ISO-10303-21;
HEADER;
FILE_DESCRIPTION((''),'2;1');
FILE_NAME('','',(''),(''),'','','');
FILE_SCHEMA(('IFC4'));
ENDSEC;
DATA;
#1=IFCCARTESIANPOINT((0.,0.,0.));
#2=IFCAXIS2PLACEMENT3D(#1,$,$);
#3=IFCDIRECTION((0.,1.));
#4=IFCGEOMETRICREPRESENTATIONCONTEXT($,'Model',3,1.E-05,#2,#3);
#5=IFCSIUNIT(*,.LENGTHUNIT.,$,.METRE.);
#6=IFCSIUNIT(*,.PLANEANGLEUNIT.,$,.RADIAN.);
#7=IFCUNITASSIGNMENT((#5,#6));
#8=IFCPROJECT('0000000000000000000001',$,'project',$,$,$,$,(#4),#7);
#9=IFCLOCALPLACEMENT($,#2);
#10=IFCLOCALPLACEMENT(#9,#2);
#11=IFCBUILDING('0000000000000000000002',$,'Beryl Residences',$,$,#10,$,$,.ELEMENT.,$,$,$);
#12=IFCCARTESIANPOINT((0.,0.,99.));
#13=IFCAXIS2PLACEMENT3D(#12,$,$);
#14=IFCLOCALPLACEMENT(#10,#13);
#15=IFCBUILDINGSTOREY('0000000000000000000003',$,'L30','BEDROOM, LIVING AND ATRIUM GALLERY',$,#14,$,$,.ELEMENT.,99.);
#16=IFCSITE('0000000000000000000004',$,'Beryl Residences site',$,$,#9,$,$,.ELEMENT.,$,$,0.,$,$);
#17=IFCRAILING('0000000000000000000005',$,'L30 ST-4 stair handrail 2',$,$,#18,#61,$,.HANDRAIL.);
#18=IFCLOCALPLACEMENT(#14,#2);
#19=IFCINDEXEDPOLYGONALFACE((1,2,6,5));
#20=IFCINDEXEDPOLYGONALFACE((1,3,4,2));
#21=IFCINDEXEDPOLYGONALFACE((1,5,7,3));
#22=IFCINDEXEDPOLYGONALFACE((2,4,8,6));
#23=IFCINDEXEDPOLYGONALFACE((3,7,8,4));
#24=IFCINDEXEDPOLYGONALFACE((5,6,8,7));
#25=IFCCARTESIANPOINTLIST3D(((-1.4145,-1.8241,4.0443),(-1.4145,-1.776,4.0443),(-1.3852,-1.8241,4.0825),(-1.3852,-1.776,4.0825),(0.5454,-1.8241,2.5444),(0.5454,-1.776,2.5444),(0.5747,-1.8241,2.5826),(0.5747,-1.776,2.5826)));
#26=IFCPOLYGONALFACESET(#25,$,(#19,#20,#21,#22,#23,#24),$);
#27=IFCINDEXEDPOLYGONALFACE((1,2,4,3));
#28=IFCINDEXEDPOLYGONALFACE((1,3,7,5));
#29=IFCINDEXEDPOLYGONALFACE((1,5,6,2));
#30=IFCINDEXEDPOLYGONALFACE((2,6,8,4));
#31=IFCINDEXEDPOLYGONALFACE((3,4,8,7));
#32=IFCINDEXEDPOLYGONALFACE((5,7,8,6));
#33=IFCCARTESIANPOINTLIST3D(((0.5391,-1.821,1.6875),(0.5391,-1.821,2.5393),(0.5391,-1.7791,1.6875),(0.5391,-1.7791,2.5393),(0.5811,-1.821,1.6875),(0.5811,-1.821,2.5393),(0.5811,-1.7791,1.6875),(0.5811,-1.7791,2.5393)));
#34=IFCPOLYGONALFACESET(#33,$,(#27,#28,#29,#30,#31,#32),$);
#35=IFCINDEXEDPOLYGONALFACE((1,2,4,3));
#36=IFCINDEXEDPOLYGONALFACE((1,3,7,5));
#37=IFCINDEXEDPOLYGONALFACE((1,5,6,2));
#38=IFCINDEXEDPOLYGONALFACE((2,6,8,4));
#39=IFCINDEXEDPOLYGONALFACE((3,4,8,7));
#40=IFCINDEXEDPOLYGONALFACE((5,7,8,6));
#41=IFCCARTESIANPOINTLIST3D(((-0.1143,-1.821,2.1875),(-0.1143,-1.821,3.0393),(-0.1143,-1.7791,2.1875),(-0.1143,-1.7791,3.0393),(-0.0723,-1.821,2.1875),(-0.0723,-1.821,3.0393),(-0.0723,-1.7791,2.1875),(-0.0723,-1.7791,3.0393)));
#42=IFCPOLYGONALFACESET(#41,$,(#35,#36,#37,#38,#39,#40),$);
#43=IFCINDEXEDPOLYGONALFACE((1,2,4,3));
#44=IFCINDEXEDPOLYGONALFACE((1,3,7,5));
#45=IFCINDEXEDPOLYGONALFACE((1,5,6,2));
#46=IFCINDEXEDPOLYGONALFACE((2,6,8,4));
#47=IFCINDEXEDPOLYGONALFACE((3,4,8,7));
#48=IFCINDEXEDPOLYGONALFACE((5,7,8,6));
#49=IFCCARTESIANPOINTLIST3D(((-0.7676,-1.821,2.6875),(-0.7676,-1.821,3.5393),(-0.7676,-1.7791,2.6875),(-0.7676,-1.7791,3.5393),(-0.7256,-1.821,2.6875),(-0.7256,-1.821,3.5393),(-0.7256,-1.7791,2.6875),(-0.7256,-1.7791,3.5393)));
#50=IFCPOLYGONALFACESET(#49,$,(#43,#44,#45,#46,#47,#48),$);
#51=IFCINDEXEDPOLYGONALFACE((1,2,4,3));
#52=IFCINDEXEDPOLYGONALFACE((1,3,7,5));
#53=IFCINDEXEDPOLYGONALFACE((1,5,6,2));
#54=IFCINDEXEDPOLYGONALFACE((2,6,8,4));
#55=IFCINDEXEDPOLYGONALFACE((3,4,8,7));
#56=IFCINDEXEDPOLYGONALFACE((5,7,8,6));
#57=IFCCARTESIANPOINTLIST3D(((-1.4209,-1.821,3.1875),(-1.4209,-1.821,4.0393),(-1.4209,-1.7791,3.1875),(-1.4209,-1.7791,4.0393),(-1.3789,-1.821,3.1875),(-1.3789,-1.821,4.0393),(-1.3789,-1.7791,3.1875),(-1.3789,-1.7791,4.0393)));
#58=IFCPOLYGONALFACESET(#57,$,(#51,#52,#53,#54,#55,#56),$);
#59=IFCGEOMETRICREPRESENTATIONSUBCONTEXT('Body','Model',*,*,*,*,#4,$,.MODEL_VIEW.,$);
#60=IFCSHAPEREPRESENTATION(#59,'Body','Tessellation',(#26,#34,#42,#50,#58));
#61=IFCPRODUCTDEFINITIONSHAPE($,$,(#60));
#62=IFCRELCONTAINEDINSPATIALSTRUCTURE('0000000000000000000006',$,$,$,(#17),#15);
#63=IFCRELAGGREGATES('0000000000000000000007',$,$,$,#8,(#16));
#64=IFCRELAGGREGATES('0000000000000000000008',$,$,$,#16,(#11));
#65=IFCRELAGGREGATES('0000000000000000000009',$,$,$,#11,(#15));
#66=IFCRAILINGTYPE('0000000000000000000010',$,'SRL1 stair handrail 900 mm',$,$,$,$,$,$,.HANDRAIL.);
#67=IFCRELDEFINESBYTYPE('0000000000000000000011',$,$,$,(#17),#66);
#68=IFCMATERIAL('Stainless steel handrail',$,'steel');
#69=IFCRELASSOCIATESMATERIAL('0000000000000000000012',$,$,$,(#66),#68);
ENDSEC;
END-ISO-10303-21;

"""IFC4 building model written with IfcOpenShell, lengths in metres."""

from ifc_helpers import new_model, si_unit, direction, frame, origin, origin_2d, place, context, subcontext, project, spatial, rectangle, extrude, material, type_object, element, save


model = new_model("IFC4")

# Units and contexts
model_context = context("Model", 3, precision=1e-05, world=origin(), true_north=direction((0.0, 1.0)))
body_context = subcontext(model_context, "Body", "Model", "MODEL_VIEW")
ifc_project = project(units=[si_unit("LENGTHUNIT", "METRE"), si_unit("PLANEANGLEUNIT", "RADIAN")], contexts=[model_context])

# Site, building, storey
site_placement = place(None, origin())
site = spatial("IfcSite", under=ifc_project, at=site_placement, Name="Beryl Residences site", CompositionType="ELEMENT", RefElevation=0.0)
building_placement = place(site_placement, origin())
building = spatial("IfcBuilding", under=site, at=building_placement, Name="Beryl Residences", CompositionType="ELEMENT")
storey_placement = place(building_placement, frame((0.0, 0.0, 99.0)))
storey = spatial("IfcBuildingStorey", under=building, at=storey_placement, Name="L30", Description="BEDROOM, LIVING AND ATRIUM GALLERY", CompositionType="ELEMENT", Elevation=99.0)

# Railing
ifc_material_1 = material(Name="Stainless steel handrail", Category="steel")
railing_type_1 = type_object("IfcRailingType", Name="SRL1 stair handrail 900 mm", PredefinedType="HANDRAIL", material=ifc_material_1)
railing_1_placement = place(storey_placement, frame((0.5601, -1.8, 1.6875)))
element("IfcRailing", 1, at=railing_1_placement, inside=storey, type_object=railing_type_1, Name="L30 ST-4 stair handrail 2", PredefinedType="HANDRAIL", context=body_context, shape_type="SweptSolid", body=[
    extrude(rectangle(XDim=0.0481, YDim=0.0481, at=origin_2d()), frame((0.0, 0.0, 0.876), z_axis=(-0.794122, 0.0, 0.607758), x_axis=(0.0, -1.0, 0.0)), (0.0, 0.0, 1.0), 2.468),
    extrude(rectangle(XDim=0.042, YDim=0.042, at=origin_2d()), origin(), (0.0, 0.0, 1.0), 0.8518),
    extrude(rectangle(XDim=0.042, YDim=0.042, at=origin_2d()), frame((-0.6533, 0.0, 0.5)), (0.0, 0.0, 1.0), 0.8518),
    extrude(rectangle(XDim=0.042, YDim=0.042, at=origin_2d()), frame((-1.3066, 0.0, 1.0)), (0.0, 0.0, 1.0), 0.8518),
    extrude(rectangle(XDim=0.042, YDim=0.042, at=origin_2d()), frame((-1.96, 0.0, 1.5)), (0.0, 0.0, 1.0), 0.8518),
])

save(model, "model.ifc")
